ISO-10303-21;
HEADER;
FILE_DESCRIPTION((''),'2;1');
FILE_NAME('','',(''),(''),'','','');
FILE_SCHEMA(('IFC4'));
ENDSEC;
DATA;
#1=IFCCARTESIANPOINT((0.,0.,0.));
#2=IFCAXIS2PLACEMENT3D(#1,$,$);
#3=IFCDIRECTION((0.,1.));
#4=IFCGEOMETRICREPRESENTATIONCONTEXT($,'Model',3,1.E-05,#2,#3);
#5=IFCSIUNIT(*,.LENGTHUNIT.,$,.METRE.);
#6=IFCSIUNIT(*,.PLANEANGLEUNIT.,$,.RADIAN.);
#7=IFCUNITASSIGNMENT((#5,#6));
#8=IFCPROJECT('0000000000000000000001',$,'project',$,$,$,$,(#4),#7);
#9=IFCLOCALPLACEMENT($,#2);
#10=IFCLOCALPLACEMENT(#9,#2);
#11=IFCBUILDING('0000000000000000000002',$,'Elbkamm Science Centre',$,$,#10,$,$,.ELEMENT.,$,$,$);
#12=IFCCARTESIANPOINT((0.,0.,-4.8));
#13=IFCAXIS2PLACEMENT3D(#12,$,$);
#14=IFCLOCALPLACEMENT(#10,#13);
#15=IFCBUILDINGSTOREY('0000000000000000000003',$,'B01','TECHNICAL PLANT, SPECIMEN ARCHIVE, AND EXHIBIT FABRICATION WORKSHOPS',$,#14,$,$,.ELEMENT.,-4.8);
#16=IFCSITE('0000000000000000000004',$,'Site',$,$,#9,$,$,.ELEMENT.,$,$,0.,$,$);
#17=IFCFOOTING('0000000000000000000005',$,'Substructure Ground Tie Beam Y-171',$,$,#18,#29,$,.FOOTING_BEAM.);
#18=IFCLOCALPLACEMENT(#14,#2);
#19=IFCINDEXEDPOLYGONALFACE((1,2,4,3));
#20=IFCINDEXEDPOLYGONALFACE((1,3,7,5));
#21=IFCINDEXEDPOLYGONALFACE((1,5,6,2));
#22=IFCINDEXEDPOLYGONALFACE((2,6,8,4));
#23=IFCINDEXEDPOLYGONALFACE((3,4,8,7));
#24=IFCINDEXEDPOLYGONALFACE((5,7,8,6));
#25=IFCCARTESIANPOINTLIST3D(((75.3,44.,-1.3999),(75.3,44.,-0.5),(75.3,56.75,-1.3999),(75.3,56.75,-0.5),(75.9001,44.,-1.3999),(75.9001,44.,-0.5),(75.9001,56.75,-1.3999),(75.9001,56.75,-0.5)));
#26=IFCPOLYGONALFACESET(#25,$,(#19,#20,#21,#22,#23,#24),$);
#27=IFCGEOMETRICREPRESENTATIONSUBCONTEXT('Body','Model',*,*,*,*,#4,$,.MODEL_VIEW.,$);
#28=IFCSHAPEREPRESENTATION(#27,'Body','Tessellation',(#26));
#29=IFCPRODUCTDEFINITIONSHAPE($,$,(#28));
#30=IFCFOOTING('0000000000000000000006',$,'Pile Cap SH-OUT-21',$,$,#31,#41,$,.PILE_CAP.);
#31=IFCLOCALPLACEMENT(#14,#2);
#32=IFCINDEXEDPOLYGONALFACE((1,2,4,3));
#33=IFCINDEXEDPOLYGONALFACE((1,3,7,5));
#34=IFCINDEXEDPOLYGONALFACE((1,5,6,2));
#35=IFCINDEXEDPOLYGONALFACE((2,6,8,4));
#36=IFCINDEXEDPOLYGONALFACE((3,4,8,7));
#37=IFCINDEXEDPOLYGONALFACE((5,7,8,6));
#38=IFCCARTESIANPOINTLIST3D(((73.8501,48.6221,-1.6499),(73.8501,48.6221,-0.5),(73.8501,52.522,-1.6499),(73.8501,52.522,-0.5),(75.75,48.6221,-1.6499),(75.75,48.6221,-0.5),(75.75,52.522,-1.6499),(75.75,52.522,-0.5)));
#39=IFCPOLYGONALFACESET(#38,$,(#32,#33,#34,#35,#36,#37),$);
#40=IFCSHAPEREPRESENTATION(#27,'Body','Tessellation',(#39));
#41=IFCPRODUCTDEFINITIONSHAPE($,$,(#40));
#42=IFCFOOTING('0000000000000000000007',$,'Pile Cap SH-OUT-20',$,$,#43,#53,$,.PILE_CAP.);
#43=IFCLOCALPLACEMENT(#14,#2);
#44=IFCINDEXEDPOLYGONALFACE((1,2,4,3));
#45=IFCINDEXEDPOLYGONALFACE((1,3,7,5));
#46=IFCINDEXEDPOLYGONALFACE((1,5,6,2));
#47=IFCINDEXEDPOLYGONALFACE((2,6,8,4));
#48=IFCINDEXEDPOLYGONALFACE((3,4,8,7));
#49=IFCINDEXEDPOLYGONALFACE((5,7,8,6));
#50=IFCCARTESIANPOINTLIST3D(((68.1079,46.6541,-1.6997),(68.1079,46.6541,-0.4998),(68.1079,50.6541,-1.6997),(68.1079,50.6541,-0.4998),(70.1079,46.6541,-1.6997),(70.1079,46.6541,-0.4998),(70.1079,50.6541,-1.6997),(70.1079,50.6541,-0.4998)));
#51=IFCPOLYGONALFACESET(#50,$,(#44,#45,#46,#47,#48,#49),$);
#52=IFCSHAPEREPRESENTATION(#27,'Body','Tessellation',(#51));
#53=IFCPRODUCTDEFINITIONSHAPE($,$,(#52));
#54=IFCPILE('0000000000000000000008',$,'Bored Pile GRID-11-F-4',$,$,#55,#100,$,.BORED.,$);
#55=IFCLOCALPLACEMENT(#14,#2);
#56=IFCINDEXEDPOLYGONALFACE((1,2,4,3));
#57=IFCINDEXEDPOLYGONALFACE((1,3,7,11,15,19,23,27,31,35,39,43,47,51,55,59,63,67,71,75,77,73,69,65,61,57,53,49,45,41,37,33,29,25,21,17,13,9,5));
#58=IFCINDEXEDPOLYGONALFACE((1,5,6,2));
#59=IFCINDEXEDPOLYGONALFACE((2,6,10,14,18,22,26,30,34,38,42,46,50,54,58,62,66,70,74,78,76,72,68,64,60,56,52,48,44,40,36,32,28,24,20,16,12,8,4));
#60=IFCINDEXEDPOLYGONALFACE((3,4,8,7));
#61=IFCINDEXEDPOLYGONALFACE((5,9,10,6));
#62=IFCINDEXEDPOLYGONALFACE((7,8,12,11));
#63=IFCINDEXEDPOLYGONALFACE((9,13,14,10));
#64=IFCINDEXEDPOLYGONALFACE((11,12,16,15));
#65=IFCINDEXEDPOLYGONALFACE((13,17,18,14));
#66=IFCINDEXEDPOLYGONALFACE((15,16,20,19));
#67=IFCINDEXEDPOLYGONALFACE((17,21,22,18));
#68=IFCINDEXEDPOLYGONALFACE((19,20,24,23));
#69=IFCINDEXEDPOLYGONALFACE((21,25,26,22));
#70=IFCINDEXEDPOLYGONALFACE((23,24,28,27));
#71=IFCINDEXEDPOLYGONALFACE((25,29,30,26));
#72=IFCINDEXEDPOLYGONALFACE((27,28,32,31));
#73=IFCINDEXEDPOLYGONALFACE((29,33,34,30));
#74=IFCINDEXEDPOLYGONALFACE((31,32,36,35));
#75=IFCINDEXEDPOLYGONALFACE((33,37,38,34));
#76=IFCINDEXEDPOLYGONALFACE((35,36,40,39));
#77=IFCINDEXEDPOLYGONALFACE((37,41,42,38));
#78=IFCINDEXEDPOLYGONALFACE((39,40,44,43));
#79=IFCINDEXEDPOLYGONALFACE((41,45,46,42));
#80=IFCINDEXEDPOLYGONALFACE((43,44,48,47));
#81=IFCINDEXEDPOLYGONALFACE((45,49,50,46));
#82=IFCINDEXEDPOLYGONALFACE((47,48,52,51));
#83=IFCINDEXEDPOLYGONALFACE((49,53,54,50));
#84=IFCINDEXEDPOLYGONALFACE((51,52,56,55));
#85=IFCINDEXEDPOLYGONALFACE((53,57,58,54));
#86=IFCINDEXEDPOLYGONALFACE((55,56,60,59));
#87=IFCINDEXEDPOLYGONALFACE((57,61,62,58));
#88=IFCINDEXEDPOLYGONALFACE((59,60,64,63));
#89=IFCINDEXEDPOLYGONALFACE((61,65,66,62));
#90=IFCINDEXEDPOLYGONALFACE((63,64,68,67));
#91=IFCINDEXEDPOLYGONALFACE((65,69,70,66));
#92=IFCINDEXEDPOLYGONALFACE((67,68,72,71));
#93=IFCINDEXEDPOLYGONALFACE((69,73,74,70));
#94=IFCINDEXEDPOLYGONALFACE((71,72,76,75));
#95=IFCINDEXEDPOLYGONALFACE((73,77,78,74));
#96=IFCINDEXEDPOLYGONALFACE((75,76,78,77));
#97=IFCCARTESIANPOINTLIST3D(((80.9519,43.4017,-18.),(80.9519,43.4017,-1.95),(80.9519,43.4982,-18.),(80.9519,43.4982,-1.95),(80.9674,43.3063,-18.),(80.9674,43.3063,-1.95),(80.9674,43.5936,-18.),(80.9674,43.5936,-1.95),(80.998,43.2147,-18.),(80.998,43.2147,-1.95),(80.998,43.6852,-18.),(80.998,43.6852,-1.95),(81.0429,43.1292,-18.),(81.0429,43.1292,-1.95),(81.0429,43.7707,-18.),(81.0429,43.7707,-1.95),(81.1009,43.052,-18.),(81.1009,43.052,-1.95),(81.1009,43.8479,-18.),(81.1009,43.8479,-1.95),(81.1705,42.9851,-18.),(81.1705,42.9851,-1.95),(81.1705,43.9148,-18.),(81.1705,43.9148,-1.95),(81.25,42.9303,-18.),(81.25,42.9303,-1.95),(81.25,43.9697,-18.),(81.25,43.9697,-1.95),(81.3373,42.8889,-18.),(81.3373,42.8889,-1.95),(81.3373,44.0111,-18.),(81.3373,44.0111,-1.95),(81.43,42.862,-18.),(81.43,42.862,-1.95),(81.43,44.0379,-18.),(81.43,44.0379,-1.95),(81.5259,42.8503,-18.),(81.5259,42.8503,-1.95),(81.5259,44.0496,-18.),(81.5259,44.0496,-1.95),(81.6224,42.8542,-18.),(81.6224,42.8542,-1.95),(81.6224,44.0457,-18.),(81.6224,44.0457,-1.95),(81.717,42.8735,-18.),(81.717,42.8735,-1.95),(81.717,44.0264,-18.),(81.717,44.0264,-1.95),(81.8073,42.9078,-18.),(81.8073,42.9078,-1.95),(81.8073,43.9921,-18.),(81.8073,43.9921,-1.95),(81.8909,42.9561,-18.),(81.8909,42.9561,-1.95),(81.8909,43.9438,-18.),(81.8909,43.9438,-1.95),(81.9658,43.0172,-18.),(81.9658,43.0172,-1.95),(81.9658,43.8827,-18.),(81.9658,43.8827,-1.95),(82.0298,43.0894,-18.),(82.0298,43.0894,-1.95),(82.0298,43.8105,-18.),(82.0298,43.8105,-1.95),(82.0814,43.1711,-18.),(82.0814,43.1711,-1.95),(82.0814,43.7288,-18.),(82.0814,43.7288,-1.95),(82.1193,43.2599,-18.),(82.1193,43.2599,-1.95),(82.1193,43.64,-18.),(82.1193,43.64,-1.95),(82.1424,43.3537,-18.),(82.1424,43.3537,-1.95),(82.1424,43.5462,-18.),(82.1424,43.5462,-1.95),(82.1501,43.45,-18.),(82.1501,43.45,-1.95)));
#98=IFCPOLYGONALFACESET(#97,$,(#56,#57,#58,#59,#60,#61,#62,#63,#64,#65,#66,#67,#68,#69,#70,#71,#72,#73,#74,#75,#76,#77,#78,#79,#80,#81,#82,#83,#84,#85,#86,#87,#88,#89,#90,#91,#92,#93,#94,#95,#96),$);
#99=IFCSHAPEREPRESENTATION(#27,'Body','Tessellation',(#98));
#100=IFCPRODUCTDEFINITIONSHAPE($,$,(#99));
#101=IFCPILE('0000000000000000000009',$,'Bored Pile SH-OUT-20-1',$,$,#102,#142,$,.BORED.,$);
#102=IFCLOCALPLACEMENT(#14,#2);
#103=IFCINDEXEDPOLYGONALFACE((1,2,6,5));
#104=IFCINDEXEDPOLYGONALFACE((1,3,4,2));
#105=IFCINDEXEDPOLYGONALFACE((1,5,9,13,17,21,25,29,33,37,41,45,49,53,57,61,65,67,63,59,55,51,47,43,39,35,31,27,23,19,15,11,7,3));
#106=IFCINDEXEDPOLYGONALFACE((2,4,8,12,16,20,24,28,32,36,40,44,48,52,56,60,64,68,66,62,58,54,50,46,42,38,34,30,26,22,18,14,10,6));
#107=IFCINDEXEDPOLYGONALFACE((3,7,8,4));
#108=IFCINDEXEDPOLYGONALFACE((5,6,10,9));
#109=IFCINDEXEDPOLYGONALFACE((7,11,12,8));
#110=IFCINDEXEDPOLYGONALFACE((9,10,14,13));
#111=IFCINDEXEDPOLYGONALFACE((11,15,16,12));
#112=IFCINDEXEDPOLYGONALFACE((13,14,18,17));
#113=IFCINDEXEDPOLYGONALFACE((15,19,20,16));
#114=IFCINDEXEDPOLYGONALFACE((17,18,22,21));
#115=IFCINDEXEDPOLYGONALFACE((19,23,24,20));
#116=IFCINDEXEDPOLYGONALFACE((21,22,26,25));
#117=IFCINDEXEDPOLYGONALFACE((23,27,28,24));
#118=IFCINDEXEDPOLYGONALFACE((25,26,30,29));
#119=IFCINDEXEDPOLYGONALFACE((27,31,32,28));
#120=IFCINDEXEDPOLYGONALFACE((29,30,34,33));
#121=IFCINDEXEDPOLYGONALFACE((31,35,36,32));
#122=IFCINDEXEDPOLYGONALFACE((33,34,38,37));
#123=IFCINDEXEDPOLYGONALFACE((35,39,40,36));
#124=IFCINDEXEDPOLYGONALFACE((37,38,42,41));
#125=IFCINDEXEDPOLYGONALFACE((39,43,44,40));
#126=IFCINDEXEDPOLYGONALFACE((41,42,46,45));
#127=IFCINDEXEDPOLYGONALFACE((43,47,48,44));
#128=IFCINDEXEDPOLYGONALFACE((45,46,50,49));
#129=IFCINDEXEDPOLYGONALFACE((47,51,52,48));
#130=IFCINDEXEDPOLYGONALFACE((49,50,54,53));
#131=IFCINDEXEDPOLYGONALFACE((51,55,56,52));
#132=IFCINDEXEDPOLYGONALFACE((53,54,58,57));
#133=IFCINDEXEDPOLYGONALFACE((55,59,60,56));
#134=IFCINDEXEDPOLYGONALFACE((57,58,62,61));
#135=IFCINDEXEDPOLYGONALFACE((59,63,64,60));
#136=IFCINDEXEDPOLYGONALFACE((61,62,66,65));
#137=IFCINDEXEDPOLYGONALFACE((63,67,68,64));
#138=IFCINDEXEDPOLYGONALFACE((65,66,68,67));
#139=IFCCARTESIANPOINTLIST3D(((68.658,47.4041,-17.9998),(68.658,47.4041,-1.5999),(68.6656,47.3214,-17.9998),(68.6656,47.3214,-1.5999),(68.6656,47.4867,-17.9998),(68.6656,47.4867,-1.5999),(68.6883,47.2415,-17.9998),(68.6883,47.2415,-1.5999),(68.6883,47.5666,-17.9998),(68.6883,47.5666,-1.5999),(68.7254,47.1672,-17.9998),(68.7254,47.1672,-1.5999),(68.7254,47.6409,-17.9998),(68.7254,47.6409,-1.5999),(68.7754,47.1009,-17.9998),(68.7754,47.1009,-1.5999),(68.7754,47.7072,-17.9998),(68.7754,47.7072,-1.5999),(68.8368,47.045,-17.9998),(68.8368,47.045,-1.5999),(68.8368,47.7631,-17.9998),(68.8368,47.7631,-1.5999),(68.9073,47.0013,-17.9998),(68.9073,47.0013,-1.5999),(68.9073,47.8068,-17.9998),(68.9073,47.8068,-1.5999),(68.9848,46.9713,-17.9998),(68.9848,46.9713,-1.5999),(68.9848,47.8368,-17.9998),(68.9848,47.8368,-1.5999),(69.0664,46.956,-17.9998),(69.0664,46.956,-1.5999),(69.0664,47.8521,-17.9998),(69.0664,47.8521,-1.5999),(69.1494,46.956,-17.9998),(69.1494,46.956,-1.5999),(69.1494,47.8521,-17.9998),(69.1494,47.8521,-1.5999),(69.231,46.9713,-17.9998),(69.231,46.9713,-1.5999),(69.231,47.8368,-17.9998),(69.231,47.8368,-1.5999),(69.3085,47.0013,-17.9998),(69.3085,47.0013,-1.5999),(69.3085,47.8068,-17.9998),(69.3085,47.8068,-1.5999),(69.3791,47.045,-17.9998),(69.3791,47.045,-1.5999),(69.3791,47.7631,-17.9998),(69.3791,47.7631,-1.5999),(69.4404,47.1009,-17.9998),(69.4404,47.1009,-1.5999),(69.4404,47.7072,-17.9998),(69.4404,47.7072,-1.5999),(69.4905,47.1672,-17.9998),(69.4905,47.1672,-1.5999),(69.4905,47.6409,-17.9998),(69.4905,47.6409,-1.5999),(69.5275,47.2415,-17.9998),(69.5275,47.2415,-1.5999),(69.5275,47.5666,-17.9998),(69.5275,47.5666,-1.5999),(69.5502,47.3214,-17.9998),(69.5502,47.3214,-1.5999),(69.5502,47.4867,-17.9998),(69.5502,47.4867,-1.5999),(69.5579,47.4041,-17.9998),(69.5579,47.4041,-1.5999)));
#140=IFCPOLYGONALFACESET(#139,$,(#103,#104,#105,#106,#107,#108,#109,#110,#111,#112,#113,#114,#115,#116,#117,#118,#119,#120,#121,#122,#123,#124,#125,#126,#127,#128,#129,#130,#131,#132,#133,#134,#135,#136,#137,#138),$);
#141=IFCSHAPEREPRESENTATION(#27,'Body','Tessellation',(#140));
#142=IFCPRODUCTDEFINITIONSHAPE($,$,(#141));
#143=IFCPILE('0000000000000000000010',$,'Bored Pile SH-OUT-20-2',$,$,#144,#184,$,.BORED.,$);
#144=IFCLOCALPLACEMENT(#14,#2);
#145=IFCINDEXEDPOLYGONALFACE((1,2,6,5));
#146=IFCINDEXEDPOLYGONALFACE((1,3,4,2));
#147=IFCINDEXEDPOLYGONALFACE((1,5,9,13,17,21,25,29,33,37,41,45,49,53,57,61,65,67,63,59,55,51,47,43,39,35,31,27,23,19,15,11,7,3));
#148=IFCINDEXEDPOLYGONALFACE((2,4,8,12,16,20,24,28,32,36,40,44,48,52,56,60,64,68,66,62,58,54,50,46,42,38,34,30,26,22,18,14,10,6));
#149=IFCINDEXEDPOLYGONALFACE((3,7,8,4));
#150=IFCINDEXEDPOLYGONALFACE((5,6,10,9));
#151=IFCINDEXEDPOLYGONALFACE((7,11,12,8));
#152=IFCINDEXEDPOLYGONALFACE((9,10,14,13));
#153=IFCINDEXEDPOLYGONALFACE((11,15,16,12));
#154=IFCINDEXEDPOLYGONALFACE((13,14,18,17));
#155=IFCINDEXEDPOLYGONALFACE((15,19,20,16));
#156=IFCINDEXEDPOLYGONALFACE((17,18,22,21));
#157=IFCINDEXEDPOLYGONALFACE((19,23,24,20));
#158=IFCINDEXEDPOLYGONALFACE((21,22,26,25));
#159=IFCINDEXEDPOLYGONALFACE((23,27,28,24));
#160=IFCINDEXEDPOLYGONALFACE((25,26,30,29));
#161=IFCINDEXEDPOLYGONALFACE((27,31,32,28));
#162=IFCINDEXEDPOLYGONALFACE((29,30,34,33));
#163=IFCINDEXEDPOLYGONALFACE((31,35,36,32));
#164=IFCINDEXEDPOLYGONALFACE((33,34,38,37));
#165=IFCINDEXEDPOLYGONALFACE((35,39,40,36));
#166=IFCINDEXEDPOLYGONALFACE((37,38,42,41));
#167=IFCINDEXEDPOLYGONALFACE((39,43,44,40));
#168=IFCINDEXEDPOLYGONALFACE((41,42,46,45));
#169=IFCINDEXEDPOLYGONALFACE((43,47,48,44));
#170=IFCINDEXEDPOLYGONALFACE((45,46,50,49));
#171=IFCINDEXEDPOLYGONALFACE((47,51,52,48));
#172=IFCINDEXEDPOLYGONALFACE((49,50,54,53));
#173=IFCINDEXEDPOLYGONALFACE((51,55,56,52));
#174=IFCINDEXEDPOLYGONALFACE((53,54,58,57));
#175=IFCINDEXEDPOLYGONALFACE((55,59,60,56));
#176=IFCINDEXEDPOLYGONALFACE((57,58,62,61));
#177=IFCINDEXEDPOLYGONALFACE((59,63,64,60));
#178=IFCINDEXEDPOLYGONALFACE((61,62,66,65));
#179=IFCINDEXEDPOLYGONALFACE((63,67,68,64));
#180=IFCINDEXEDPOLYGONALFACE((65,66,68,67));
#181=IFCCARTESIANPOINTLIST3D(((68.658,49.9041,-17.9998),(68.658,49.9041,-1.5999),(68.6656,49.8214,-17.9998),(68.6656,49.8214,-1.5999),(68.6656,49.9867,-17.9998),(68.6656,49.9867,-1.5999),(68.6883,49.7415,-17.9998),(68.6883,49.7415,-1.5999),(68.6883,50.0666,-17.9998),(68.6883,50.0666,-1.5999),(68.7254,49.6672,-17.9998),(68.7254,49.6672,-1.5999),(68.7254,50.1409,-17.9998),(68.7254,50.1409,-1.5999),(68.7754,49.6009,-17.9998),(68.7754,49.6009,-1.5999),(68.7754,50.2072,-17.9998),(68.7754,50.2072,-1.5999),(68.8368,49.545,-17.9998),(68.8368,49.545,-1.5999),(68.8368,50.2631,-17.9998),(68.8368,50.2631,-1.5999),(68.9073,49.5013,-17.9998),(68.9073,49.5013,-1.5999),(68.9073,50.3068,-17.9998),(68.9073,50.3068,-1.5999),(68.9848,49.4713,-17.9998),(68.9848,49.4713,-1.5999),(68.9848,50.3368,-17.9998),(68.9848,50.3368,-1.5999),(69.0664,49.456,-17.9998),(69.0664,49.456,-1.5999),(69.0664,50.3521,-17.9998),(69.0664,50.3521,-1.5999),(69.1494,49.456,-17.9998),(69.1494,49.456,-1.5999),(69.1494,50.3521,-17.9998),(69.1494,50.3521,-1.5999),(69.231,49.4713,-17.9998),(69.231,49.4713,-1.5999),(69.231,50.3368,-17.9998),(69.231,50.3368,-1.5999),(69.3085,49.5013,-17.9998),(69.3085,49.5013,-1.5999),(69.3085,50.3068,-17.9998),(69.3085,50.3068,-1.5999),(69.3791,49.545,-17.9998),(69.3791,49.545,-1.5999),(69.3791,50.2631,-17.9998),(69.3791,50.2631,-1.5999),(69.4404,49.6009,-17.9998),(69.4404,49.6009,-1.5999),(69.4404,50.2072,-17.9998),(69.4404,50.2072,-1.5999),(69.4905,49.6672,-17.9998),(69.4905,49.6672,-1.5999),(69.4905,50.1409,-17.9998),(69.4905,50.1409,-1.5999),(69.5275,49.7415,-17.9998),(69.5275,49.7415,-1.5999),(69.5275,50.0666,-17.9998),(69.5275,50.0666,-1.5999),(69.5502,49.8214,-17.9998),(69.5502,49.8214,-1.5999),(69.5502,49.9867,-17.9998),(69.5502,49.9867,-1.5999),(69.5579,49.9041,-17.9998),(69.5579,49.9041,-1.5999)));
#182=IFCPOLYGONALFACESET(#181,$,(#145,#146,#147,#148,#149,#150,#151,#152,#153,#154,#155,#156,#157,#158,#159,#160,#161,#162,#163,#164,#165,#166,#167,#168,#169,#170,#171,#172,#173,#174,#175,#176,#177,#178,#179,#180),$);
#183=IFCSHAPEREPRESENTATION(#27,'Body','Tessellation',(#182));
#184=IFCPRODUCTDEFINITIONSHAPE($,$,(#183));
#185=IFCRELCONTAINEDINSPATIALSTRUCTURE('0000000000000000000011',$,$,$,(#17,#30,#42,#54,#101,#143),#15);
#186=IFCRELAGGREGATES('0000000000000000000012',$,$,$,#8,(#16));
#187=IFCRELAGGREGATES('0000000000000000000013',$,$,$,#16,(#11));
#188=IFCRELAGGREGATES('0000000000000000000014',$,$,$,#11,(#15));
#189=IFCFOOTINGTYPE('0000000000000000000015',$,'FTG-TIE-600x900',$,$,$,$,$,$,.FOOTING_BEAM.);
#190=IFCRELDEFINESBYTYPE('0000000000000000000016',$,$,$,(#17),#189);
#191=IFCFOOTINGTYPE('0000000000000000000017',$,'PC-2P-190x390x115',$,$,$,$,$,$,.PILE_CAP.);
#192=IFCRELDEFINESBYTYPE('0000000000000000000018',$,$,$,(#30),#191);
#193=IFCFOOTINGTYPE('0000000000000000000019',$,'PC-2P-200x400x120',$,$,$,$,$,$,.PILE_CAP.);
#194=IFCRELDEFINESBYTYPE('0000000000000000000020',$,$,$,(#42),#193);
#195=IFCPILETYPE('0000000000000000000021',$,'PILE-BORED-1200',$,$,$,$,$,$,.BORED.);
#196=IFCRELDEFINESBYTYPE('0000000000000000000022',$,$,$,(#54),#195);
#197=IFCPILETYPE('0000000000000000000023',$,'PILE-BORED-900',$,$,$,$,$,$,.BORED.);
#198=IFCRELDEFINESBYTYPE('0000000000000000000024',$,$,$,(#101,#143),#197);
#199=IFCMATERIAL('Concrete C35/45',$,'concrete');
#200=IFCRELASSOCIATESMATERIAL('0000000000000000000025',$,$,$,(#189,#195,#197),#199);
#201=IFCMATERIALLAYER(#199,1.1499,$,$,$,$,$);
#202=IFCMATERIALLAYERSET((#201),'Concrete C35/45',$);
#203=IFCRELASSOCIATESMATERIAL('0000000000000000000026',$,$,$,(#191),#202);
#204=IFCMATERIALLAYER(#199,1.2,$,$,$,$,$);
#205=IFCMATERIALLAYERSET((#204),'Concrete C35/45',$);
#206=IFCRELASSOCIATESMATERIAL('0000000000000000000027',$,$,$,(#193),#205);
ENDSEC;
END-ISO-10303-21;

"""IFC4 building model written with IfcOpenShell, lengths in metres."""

from ifc_helpers import new_model, si_unit, direction, frame, origin, origin_2d, place, context, subcontext, project, spatial, rectangle, circle, extrude, material, layer, layer_set, material_profile, profile_set, type_object, element, save


model = new_model("IFC4")

# Units and contexts
model_context = context("Model", 3, precision=1e-05, world=origin(), true_north=direction((0.0, 1.0)))
body_context = subcontext(model_context, "Body", "Model", "MODEL_VIEW")
ifc_project = project(units=[si_unit("LENGTHUNIT", "METRE"), si_unit("PLANEANGLEUNIT", "RADIAN")], contexts=[model_context])

# Site, building, storey
site_placement = place(None, origin())
site = spatial("IfcSite", under=ifc_project, at=site_placement, Name="Site", CompositionType="ELEMENT", RefElevation=0.0)
building_placement = place(site_placement, origin())
building = spatial("IfcBuilding", under=site, at=building_placement, Name="Elbkamm Science Centre", CompositionType="ELEMENT")
storey_placement = place(building_placement, frame((0.0, 0.0, -4.8)))
storey = spatial("IfcBuildingStorey", under=building, at=storey_placement, Name="B01", Description="TECHNICAL PLANT, SPECIMEN ARCHIVE, AND EXHIBIT FABRICATION WORKSHOPS", CompositionType="ELEMENT", Elevation=-4.8)

# Footings
ifc_material_1 = material(Name="Concrete C35/45", Category="concrete")
footing_type_1 = type_object("IfcFootingType", Name="FTG-TIE-600x900", PredefinedType="FOOTING_BEAM", material=ifc_material_1)
footing_1_placement = place(storey_placement, frame((75.6001, 50.375, -1.3999), z_axis=(0.0, 0.0, 1.0), x_axis=(1.0, 0.0, 0.0)))
element("IfcFooting", 1, at=footing_1_placement, inside=storey, type_object=footing_type_1, Name="Substructure Ground Tie Beam Y-171", PredefinedType="FOOTING_BEAM", context=body_context, shape_type="SweptSolid", body=[
    extrude(rectangle(XDim=0.6001, YDim=12.75, at=origin_2d()), origin(), (0.0, 0.0, 1.0), 0.8999),
])
ifc_layer_1 = layer(ifc_material_1, 1.1499)
ifc_layer_set_1 = layer_set([ifc_layer_1], Name="Concrete C35/45")
footing_type_2 = type_object("IfcFootingType", Name="PC-2P-190x390x115", PredefinedType="PILE_CAP", material=ifc_layer_set_1)
footing_2_placement = place(storey_placement, frame((74.8, 50.572, -1.6499), z_axis=(0.0, 0.0, 1.0), x_axis=(1.0, 0.0, 0.0)))
element("IfcFooting", 2, at=footing_2_placement, inside=storey, type_object=footing_type_2, Name="Pile Cap SH-OUT-21", PredefinedType="PILE_CAP", context=body_context, shape_type="SweptSolid", body=[
    extrude(rectangle(XDim=1.8999, YDim=3.8999, at=origin_2d()), origin(), (0.0, 0.0, 1.0), 1.1499),
])
ifc_layer_2 = layer(ifc_material_1, 1.2)
ifc_layer_set_2 = layer_set([ifc_layer_2], Name="Concrete C35/45")
footing_type_3 = type_object("IfcFootingType", Name="PC-2P-200x400x120", PredefinedType="PILE_CAP", material=ifc_layer_set_2)
footing_3_placement = place(storey_placement, frame((69.1079, 48.6541, -1.6997), z_axis=(0.0, 0.0, 1.0), x_axis=(1.0, 0.0, 0.0)))
element("IfcFooting", 3, at=footing_3_placement, inside=storey, type_object=footing_type_3, Name="Pile Cap SH-OUT-20", PredefinedType="PILE_CAP", context=body_context, shape_type="SweptSolid", body=[
    extrude(rectangle(XDim=2.0, YDim=4.0, at=origin_2d()), origin(), (0.0, 0.0, 1.0), 1.2),
])

# Piles
ifc_material_profile_1 = material_profile(ifc_material_1, circle(Radius=0.6001, at=origin_2d()), Name="PILE D1200")
ifc_profile_set_1 = profile_set([ifc_material_profile_1], Name="Concrete C35/45")
pile_type_1 = type_object("IfcPileType", Name="PILE-BORED-1200", PredefinedType="BORED", material=ifc_profile_set_1)
pile_placement = place(storey_placement, frame((81.55, 43.45, -1.95), z_axis=(0.0, 0.0, -1.0), x_axis=(1.0, 0.0, 0.0)))
element("IfcPile", 4, at=pile_placement, inside=storey, type_object=pile_type_1, Name="Bored Pile GRID-11-F-4", PredefinedType="BORED", context=body_context, shape_type="SweptSolid", body=[
    extrude(circle(Radius=0.6001, at=origin_2d()), origin(), (0.0, 0.0, 1.0), 16.05),
])
ifc_material_profile_2 = material_profile(ifc_material_1, circle(Radius=0.45, at=origin_2d()), Name="PILE D900")
ifc_profile_set_2 = profile_set([ifc_material_profile_2], Name="Concrete C35/45")
pile_type_2 = type_object("IfcPileType", Name="PILE-BORED-900", PredefinedType="BORED", material=ifc_profile_set_2)
for number, where, z_axis, x_axis, name in (
    (5, (69.1079, 47.4041, -1.5999), (0.0, 0.0, -1.0), (1.0, 0.0, 0.0), "Bored Pile SH-OUT-20-1"),
    (6, (69.1079, 49.9041, -1.5999), (0.0, 0.0, -1.0), (1.0, 0.0, 0.0), "Bored Pile SH-OUT-20-2"),
):
    element("IfcPile", number, at=place(storey_placement, frame(where, z_axis=z_axis, x_axis=x_axis)), inside=storey, type_object=pile_type_2, Name=name, PredefinedType="BORED", context=body_context, shape_type="SweptSolid", body=[
        extrude(circle(Radius=0.45, at=origin_2d()), origin(), (0.0, 0.0, 1.0), 16.3999),
    ])

save(model, "model.ifc")
